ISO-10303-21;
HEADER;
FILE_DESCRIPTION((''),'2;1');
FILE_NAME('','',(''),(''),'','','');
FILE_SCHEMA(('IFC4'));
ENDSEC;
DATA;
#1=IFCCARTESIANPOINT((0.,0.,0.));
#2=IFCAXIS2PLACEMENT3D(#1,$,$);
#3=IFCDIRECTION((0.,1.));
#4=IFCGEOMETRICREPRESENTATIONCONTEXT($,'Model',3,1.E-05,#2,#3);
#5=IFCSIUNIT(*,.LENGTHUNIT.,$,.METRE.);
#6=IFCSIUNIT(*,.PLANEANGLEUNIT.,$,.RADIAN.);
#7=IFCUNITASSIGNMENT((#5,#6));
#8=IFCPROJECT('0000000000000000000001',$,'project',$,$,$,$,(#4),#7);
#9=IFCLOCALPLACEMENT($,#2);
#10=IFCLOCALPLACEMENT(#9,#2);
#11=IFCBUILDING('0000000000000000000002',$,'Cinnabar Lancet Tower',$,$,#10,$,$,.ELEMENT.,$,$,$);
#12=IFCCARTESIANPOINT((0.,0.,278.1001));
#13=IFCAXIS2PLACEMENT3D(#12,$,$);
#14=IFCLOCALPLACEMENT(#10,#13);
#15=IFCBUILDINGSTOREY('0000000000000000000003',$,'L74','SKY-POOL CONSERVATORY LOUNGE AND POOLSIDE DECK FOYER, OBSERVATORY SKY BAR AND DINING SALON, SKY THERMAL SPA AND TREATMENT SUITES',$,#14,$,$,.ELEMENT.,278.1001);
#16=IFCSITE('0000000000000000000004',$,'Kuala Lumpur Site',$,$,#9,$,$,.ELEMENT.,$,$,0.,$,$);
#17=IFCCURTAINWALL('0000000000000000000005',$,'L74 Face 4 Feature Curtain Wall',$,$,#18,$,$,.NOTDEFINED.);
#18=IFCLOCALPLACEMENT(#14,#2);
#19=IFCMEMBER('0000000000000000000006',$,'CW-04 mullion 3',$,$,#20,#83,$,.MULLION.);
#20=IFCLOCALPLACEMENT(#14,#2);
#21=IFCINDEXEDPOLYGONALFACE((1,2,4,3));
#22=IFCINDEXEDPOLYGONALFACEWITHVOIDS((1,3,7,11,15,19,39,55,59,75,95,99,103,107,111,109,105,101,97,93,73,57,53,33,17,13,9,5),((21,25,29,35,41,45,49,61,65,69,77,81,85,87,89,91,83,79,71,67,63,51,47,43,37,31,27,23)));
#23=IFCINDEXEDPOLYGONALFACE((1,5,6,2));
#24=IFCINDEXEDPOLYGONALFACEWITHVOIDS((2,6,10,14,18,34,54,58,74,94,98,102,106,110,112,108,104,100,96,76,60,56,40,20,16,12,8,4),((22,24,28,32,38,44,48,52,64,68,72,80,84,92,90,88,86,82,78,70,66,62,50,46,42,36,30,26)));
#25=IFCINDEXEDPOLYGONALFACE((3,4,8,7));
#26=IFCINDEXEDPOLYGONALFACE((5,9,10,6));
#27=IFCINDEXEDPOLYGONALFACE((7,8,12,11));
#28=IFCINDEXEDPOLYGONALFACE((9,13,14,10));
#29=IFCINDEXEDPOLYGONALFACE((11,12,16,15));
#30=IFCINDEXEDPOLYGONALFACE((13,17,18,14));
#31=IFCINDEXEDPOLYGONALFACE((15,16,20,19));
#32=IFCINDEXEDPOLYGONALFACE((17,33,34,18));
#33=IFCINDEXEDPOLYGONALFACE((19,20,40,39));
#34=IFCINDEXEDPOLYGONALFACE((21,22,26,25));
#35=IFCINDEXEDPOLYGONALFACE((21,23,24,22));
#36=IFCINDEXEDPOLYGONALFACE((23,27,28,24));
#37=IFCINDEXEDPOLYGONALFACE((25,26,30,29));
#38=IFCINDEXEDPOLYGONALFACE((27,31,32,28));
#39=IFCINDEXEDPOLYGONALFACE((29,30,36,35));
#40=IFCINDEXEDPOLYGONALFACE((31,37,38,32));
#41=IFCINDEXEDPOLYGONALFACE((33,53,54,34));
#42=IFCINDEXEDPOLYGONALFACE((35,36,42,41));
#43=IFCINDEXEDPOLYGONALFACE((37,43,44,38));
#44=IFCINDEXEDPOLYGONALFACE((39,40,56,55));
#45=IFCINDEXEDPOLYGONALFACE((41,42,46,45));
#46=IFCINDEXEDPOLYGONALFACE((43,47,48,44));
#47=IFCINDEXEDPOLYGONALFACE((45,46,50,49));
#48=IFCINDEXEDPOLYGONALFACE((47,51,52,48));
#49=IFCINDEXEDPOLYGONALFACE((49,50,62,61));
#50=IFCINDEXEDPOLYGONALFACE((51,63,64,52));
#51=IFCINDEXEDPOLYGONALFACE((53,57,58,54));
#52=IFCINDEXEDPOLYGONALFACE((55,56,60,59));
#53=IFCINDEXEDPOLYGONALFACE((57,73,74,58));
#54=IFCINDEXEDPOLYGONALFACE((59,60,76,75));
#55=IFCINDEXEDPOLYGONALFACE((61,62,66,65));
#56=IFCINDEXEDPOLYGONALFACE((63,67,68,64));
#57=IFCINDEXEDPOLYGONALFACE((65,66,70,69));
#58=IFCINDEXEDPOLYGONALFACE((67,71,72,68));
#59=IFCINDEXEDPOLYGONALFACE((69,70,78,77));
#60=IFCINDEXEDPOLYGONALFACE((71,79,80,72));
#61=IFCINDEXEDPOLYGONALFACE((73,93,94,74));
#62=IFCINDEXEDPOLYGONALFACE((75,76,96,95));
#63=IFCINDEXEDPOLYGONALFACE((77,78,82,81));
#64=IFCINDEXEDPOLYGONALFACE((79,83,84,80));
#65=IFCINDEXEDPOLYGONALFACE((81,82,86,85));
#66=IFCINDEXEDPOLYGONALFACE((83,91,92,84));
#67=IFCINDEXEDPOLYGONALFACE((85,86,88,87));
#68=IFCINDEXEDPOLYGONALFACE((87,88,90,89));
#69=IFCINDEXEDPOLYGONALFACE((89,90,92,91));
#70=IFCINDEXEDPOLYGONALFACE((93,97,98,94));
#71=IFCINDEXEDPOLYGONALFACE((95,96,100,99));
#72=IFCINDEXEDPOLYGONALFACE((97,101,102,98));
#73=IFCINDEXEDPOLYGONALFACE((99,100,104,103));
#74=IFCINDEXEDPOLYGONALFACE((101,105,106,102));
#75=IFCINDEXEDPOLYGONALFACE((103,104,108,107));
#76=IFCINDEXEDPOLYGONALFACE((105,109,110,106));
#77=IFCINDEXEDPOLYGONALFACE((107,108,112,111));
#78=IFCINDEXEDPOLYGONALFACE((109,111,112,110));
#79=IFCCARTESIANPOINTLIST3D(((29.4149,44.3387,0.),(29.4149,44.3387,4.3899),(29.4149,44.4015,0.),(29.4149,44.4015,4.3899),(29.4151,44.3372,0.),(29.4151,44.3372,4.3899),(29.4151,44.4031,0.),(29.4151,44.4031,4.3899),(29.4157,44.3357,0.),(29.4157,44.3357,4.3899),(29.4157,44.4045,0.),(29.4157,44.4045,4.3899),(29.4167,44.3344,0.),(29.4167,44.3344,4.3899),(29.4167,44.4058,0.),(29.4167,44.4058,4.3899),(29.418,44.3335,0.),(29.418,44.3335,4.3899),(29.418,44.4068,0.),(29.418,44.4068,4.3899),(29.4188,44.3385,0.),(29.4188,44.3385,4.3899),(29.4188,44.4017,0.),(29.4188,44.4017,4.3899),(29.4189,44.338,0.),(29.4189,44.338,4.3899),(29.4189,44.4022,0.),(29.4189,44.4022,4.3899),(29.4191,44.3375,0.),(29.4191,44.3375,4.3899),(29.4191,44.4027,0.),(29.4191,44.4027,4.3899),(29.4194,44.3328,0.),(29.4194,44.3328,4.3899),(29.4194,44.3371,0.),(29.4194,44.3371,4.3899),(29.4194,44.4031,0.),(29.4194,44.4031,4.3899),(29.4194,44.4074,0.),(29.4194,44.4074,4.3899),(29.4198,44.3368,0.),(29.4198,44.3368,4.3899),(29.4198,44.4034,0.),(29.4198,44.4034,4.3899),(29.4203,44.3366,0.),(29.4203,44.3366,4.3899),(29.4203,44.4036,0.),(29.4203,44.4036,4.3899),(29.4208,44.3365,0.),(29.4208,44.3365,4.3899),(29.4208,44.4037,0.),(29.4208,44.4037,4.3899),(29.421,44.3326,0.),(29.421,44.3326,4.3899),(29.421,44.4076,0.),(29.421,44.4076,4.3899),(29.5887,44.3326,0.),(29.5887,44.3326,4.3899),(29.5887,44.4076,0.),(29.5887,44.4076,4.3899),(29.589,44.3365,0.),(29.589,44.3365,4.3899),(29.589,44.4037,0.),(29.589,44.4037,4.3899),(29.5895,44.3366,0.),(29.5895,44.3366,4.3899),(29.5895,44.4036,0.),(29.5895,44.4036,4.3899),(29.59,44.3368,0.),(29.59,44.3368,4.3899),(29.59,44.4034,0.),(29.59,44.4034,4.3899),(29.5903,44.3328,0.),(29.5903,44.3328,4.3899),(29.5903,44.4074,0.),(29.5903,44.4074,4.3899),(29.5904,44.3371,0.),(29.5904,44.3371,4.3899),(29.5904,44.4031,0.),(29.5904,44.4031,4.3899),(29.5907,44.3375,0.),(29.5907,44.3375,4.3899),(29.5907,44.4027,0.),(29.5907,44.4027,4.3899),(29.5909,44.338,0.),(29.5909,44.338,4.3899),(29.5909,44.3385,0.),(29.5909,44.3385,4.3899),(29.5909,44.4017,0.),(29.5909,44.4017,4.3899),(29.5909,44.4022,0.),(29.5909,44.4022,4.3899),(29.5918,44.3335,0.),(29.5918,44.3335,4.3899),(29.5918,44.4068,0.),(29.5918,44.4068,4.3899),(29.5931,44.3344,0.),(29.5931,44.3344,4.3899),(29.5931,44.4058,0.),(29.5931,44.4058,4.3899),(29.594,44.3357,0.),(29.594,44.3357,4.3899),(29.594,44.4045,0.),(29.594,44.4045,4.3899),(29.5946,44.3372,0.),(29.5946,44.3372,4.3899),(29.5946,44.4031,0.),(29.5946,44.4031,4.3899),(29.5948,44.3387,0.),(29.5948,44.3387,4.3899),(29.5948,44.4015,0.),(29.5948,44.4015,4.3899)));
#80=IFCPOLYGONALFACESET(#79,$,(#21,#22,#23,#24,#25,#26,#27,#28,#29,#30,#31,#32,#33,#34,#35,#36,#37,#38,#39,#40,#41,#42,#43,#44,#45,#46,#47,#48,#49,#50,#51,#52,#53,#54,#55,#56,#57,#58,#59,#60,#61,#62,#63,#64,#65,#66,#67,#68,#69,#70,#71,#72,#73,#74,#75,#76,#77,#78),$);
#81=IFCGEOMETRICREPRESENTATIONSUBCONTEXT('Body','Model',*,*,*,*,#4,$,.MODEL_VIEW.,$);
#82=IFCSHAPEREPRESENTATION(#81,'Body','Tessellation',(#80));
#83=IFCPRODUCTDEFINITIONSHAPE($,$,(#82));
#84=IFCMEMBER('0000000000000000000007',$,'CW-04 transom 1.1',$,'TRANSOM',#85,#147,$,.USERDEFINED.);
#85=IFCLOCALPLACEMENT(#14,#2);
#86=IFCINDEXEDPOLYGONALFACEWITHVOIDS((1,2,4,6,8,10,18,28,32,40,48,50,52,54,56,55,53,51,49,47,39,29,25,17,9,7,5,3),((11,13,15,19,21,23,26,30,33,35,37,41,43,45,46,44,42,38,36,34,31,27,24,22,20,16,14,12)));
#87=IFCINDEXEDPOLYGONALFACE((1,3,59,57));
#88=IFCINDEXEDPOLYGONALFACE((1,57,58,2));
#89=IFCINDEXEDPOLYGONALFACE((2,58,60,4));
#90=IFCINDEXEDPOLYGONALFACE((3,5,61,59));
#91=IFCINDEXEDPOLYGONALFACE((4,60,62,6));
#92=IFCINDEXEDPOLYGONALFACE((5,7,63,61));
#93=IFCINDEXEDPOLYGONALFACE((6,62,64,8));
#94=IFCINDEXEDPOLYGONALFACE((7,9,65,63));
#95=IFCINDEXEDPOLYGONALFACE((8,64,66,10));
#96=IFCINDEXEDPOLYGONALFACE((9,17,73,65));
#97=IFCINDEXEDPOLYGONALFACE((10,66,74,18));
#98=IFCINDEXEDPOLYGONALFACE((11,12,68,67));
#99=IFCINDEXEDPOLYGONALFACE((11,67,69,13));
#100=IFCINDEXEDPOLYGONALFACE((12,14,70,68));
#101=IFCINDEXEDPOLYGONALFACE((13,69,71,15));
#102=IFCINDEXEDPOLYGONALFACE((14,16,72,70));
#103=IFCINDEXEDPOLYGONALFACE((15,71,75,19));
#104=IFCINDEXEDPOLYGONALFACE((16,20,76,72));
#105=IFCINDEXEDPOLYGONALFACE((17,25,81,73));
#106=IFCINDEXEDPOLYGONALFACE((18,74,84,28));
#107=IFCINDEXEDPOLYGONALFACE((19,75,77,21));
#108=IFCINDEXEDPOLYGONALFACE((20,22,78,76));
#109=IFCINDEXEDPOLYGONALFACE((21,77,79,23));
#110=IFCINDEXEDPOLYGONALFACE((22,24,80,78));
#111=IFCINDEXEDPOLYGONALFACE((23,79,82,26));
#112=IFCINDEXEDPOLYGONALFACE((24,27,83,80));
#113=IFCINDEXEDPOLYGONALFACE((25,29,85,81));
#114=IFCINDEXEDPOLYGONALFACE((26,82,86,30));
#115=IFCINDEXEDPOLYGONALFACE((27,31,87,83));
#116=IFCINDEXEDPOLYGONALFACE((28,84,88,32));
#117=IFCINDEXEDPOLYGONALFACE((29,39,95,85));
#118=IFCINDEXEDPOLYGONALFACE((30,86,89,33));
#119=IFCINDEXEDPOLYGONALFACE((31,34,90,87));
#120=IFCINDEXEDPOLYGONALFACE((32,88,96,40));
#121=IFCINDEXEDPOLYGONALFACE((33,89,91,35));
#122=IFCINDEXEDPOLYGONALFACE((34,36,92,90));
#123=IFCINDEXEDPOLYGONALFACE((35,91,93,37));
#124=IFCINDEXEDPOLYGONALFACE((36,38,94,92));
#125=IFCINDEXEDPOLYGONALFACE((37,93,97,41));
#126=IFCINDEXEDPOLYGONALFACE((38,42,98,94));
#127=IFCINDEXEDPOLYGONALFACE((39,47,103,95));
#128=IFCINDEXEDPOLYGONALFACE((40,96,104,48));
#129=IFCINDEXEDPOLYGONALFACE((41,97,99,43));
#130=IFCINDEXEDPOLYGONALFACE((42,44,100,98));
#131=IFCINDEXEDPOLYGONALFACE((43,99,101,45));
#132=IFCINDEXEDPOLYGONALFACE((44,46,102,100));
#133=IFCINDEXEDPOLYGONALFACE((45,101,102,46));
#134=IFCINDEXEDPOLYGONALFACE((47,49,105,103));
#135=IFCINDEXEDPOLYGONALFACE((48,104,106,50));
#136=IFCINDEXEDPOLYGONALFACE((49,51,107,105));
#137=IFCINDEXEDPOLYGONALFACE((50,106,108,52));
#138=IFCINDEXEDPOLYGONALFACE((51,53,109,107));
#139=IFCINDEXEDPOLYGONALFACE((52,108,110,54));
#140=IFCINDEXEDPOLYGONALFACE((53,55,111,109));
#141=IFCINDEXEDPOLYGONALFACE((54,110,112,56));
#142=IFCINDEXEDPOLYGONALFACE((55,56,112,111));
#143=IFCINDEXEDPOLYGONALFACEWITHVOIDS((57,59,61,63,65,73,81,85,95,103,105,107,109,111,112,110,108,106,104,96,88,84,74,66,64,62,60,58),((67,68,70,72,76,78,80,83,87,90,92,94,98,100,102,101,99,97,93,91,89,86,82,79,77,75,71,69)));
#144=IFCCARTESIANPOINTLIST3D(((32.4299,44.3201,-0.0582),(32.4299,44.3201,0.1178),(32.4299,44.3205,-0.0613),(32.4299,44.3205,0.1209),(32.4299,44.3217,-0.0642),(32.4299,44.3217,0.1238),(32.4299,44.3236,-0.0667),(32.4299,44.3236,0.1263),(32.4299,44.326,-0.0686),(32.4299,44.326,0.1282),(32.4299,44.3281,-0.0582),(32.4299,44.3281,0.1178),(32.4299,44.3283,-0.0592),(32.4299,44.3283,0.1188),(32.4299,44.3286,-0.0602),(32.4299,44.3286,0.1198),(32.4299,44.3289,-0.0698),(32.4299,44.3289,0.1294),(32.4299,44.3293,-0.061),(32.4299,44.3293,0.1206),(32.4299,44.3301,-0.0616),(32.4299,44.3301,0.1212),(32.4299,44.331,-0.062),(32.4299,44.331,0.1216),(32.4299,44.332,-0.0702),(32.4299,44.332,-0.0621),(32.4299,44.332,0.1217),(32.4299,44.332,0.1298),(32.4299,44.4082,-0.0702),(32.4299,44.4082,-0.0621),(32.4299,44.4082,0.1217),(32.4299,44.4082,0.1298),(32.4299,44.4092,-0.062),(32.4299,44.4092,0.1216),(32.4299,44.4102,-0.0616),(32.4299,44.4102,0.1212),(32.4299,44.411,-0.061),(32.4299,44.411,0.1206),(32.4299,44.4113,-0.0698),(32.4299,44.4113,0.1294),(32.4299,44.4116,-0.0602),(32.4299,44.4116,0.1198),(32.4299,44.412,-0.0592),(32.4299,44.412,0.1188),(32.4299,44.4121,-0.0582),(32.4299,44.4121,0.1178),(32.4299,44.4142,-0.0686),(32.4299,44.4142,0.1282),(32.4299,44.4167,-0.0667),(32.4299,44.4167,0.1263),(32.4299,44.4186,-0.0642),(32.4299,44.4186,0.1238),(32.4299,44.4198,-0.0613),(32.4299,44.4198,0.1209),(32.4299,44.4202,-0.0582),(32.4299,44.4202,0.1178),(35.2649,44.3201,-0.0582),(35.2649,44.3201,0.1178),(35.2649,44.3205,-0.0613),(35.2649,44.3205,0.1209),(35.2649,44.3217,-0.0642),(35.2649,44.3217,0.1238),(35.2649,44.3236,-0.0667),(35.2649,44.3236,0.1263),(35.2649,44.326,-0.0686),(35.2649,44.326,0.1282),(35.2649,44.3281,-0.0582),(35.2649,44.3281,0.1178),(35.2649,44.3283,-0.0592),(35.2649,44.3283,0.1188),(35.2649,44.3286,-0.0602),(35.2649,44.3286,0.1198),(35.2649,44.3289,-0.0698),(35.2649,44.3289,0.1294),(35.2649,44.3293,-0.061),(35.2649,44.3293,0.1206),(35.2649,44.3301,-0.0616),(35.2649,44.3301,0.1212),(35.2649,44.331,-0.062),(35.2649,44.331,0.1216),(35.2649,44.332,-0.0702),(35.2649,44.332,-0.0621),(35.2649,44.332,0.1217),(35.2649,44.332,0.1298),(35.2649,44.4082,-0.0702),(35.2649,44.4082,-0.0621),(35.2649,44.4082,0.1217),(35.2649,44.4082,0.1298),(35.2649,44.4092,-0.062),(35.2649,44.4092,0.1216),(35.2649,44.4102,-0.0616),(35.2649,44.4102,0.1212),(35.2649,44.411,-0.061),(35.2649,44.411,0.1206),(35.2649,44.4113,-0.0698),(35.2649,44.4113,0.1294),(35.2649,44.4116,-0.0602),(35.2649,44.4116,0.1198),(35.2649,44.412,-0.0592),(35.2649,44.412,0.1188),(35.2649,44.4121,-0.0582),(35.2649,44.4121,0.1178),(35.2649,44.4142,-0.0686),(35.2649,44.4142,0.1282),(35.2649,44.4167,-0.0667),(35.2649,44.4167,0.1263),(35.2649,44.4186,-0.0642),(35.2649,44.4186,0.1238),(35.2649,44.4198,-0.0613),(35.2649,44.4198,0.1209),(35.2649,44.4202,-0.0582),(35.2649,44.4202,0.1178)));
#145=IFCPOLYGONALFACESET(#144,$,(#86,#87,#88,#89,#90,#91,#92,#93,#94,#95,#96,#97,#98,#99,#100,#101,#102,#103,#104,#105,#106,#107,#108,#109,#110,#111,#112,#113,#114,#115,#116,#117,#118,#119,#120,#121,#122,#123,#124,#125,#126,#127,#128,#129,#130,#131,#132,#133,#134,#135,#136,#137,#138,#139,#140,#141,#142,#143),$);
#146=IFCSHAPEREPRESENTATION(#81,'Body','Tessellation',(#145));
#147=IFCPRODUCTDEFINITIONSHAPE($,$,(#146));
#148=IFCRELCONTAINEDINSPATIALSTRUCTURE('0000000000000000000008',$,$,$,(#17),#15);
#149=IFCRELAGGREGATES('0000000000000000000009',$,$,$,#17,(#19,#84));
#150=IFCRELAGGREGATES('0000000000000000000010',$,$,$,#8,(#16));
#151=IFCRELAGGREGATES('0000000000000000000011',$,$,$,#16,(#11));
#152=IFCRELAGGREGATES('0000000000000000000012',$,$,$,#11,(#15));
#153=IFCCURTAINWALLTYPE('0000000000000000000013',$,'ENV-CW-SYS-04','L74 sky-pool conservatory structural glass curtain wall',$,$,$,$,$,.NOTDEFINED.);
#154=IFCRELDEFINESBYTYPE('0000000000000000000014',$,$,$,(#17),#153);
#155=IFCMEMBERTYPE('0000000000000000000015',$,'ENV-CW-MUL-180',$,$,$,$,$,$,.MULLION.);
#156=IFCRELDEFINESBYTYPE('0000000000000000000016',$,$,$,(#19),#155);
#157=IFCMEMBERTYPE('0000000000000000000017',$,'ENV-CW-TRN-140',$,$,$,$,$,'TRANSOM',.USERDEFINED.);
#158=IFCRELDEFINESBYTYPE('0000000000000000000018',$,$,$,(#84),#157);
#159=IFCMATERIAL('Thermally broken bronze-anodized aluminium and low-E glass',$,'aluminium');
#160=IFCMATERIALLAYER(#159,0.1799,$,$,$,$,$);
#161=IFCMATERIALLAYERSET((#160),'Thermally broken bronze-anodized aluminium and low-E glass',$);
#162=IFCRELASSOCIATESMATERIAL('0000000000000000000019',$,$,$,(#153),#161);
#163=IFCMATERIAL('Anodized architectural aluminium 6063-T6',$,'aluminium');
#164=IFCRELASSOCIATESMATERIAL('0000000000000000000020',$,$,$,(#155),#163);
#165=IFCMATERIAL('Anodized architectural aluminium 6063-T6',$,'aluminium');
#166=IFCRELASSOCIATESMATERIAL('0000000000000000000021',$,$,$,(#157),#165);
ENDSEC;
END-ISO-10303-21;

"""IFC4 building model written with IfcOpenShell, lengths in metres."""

from ifc_helpers import new_model, si_unit, direction, frame, origin, origin_2d, place, context, subcontext, project, spatial, hollow_rectangle, extrude, material, layer, layer_set, material_profile, profile_set, type_object, element, aggregate, save


model = new_model("IFC4")

# Units and contexts
model_context = context("Model", 3, precision=1e-05, world=origin(), true_north=direction((0.0, 1.0)))
body_context = subcontext(model_context, "Body", "Model", "MODEL_VIEW")
ifc_project = project(units=[si_unit("LENGTHUNIT", "METRE"), si_unit("PLANEANGLEUNIT", "RADIAN")], contexts=[model_context])

# Site, building, storey
site_placement = place(None, origin())
site = spatial("IfcSite", under=ifc_project, at=site_placement, Name="Kuala Lumpur Site", CompositionType="ELEMENT", RefElevation=0.0)
building_placement = place(site_placement, origin())
building = spatial("IfcBuilding", under=site, at=building_placement, Name="Cinnabar Lancet Tower", CompositionType="ELEMENT")
storey_placement = place(building_placement, frame((0.0, 0.0, 278.1001)))
storey = spatial("IfcBuildingStorey", under=building, at=storey_placement, Name="L74", Description="SKY-POOL CONSERVATORY LOUNGE AND POOLSIDE DECK FOYER, OBSERVATORY SKY BAR AND DINING SALON, SKY THERMAL SPA AND TREATMENT SUITES", CompositionType="ELEMENT", Elevation=278.1001)

# Curtain wall, members
ifc_material_1 = material(Name="Thermally broken bronze-anodized aluminium and low-E glass", Category="aluminium")
ifc_layer_1 = layer(ifc_material_1, 0.1799)
ifc_layer_set_1 = layer_set([ifc_layer_1], Name="Thermally broken bronze-anodized aluminium and low-E glass")
curtain_wall_type = type_object("IfcCurtainWallType", Name="ENV-CW-SYS-04", Description="L74 sky-pool conservatory structural glass curtain wall", PredefinedType="NOTDEFINED", material=ifc_layer_set_1)
curtain_wall_placement = place(storey_placement, origin())
curtain_wall = element("IfcCurtainWall", 1, at=curtain_wall_placement, inside=storey, type_object=curtain_wall_type, Name="L74 Face 4 Feature Curtain Wall", PredefinedType="NOTDEFINED")
ifc_material_2 = material(Name="Anodized architectural aluminium 6063-T6", Category="aluminium")
ifc_material_profile_1 = material_profile(ifc_material_2, hollow_rectangle(XDim=0.075, YDim=0.1799, WallThickness=0.0039, InnerFilletRadius=0.002, OuterFilletRadius=0.0061, at=origin_2d()), Name="CW-MUL 180x75x4")
ifc_profile_set_1 = profile_set([ifc_material_profile_1], Name="Anodized architectural aluminium 6063-T6")
member_type_1 = type_object("IfcMemberType", Name="ENV-CW-MUL-180", PredefinedType="MULLION", material=ifc_profile_set_1)
member_1_placement = place(storey_placement, frame((29.5049, 44.3701, 0.0), z_axis=(0.0, 0.0, 1.0), x_axis=(0.0, -1.0, 0.0)))
member_1 = element("IfcMember", 2, at=member_1_placement, type_object=member_type_1, Name="CW-04 mullion 3", PredefinedType="MULLION", context=body_context, shape_type="SweptSolid", body=[
    extrude(hollow_rectangle(XDim=0.075, YDim=0.1799, WallThickness=0.0039, InnerFilletRadius=0.002, OuterFilletRadius=0.0061, at=origin_2d()), origin(), (0.0, 0.0, 1.0), 4.3899),
])
ifc_material_3 = material(Name="Anodized architectural aluminium 6063-T6", Category="aluminium")
ifc_material_profile_2 = material_profile(ifc_material_3, hollow_rectangle(XDim=0.1001, YDim=0.2, WallThickness=0.0081, InnerFilletRadius=0.0039, OuterFilletRadius=0.012, at=origin_2d()), Name="RHS 200x100x8")
ifc_profile_set_2 = profile_set([ifc_material_profile_2], Name="Anodized architectural aluminium 6063-T6")
member_type_2 = type_object("IfcMemberType", Name="ENV-CW-TRN-140", ElementType="TRANSOM", PredefinedType="USERDEFINED", material=ifc_profile_set_2)
member_2_placement = place(storey_placement, frame((35.2649, 44.3701, 0.0298), z_axis=(-1.0, 0.0, 0.0), x_axis=(0.0, -1.0, 0.0)))
member_2 = element("IfcMember", 3, at=member_2_placement, type_object=member_type_2, Name="CW-04 transom 1.1", ObjectType="TRANSOM", PredefinedType="USERDEFINED", context=body_context, shape_type="SweptSolid", body=[
    extrude(hollow_rectangle(XDim=0.1001, YDim=0.2, WallThickness=0.0081, InnerFilletRadius=0.0039, OuterFilletRadius=0.012, at=origin_2d()), origin(), (0.0, 0.0, 1.0), 2.835),
])

aggregate(curtain_wall, [member_1, member_2])

save(model, "model.ifc")
